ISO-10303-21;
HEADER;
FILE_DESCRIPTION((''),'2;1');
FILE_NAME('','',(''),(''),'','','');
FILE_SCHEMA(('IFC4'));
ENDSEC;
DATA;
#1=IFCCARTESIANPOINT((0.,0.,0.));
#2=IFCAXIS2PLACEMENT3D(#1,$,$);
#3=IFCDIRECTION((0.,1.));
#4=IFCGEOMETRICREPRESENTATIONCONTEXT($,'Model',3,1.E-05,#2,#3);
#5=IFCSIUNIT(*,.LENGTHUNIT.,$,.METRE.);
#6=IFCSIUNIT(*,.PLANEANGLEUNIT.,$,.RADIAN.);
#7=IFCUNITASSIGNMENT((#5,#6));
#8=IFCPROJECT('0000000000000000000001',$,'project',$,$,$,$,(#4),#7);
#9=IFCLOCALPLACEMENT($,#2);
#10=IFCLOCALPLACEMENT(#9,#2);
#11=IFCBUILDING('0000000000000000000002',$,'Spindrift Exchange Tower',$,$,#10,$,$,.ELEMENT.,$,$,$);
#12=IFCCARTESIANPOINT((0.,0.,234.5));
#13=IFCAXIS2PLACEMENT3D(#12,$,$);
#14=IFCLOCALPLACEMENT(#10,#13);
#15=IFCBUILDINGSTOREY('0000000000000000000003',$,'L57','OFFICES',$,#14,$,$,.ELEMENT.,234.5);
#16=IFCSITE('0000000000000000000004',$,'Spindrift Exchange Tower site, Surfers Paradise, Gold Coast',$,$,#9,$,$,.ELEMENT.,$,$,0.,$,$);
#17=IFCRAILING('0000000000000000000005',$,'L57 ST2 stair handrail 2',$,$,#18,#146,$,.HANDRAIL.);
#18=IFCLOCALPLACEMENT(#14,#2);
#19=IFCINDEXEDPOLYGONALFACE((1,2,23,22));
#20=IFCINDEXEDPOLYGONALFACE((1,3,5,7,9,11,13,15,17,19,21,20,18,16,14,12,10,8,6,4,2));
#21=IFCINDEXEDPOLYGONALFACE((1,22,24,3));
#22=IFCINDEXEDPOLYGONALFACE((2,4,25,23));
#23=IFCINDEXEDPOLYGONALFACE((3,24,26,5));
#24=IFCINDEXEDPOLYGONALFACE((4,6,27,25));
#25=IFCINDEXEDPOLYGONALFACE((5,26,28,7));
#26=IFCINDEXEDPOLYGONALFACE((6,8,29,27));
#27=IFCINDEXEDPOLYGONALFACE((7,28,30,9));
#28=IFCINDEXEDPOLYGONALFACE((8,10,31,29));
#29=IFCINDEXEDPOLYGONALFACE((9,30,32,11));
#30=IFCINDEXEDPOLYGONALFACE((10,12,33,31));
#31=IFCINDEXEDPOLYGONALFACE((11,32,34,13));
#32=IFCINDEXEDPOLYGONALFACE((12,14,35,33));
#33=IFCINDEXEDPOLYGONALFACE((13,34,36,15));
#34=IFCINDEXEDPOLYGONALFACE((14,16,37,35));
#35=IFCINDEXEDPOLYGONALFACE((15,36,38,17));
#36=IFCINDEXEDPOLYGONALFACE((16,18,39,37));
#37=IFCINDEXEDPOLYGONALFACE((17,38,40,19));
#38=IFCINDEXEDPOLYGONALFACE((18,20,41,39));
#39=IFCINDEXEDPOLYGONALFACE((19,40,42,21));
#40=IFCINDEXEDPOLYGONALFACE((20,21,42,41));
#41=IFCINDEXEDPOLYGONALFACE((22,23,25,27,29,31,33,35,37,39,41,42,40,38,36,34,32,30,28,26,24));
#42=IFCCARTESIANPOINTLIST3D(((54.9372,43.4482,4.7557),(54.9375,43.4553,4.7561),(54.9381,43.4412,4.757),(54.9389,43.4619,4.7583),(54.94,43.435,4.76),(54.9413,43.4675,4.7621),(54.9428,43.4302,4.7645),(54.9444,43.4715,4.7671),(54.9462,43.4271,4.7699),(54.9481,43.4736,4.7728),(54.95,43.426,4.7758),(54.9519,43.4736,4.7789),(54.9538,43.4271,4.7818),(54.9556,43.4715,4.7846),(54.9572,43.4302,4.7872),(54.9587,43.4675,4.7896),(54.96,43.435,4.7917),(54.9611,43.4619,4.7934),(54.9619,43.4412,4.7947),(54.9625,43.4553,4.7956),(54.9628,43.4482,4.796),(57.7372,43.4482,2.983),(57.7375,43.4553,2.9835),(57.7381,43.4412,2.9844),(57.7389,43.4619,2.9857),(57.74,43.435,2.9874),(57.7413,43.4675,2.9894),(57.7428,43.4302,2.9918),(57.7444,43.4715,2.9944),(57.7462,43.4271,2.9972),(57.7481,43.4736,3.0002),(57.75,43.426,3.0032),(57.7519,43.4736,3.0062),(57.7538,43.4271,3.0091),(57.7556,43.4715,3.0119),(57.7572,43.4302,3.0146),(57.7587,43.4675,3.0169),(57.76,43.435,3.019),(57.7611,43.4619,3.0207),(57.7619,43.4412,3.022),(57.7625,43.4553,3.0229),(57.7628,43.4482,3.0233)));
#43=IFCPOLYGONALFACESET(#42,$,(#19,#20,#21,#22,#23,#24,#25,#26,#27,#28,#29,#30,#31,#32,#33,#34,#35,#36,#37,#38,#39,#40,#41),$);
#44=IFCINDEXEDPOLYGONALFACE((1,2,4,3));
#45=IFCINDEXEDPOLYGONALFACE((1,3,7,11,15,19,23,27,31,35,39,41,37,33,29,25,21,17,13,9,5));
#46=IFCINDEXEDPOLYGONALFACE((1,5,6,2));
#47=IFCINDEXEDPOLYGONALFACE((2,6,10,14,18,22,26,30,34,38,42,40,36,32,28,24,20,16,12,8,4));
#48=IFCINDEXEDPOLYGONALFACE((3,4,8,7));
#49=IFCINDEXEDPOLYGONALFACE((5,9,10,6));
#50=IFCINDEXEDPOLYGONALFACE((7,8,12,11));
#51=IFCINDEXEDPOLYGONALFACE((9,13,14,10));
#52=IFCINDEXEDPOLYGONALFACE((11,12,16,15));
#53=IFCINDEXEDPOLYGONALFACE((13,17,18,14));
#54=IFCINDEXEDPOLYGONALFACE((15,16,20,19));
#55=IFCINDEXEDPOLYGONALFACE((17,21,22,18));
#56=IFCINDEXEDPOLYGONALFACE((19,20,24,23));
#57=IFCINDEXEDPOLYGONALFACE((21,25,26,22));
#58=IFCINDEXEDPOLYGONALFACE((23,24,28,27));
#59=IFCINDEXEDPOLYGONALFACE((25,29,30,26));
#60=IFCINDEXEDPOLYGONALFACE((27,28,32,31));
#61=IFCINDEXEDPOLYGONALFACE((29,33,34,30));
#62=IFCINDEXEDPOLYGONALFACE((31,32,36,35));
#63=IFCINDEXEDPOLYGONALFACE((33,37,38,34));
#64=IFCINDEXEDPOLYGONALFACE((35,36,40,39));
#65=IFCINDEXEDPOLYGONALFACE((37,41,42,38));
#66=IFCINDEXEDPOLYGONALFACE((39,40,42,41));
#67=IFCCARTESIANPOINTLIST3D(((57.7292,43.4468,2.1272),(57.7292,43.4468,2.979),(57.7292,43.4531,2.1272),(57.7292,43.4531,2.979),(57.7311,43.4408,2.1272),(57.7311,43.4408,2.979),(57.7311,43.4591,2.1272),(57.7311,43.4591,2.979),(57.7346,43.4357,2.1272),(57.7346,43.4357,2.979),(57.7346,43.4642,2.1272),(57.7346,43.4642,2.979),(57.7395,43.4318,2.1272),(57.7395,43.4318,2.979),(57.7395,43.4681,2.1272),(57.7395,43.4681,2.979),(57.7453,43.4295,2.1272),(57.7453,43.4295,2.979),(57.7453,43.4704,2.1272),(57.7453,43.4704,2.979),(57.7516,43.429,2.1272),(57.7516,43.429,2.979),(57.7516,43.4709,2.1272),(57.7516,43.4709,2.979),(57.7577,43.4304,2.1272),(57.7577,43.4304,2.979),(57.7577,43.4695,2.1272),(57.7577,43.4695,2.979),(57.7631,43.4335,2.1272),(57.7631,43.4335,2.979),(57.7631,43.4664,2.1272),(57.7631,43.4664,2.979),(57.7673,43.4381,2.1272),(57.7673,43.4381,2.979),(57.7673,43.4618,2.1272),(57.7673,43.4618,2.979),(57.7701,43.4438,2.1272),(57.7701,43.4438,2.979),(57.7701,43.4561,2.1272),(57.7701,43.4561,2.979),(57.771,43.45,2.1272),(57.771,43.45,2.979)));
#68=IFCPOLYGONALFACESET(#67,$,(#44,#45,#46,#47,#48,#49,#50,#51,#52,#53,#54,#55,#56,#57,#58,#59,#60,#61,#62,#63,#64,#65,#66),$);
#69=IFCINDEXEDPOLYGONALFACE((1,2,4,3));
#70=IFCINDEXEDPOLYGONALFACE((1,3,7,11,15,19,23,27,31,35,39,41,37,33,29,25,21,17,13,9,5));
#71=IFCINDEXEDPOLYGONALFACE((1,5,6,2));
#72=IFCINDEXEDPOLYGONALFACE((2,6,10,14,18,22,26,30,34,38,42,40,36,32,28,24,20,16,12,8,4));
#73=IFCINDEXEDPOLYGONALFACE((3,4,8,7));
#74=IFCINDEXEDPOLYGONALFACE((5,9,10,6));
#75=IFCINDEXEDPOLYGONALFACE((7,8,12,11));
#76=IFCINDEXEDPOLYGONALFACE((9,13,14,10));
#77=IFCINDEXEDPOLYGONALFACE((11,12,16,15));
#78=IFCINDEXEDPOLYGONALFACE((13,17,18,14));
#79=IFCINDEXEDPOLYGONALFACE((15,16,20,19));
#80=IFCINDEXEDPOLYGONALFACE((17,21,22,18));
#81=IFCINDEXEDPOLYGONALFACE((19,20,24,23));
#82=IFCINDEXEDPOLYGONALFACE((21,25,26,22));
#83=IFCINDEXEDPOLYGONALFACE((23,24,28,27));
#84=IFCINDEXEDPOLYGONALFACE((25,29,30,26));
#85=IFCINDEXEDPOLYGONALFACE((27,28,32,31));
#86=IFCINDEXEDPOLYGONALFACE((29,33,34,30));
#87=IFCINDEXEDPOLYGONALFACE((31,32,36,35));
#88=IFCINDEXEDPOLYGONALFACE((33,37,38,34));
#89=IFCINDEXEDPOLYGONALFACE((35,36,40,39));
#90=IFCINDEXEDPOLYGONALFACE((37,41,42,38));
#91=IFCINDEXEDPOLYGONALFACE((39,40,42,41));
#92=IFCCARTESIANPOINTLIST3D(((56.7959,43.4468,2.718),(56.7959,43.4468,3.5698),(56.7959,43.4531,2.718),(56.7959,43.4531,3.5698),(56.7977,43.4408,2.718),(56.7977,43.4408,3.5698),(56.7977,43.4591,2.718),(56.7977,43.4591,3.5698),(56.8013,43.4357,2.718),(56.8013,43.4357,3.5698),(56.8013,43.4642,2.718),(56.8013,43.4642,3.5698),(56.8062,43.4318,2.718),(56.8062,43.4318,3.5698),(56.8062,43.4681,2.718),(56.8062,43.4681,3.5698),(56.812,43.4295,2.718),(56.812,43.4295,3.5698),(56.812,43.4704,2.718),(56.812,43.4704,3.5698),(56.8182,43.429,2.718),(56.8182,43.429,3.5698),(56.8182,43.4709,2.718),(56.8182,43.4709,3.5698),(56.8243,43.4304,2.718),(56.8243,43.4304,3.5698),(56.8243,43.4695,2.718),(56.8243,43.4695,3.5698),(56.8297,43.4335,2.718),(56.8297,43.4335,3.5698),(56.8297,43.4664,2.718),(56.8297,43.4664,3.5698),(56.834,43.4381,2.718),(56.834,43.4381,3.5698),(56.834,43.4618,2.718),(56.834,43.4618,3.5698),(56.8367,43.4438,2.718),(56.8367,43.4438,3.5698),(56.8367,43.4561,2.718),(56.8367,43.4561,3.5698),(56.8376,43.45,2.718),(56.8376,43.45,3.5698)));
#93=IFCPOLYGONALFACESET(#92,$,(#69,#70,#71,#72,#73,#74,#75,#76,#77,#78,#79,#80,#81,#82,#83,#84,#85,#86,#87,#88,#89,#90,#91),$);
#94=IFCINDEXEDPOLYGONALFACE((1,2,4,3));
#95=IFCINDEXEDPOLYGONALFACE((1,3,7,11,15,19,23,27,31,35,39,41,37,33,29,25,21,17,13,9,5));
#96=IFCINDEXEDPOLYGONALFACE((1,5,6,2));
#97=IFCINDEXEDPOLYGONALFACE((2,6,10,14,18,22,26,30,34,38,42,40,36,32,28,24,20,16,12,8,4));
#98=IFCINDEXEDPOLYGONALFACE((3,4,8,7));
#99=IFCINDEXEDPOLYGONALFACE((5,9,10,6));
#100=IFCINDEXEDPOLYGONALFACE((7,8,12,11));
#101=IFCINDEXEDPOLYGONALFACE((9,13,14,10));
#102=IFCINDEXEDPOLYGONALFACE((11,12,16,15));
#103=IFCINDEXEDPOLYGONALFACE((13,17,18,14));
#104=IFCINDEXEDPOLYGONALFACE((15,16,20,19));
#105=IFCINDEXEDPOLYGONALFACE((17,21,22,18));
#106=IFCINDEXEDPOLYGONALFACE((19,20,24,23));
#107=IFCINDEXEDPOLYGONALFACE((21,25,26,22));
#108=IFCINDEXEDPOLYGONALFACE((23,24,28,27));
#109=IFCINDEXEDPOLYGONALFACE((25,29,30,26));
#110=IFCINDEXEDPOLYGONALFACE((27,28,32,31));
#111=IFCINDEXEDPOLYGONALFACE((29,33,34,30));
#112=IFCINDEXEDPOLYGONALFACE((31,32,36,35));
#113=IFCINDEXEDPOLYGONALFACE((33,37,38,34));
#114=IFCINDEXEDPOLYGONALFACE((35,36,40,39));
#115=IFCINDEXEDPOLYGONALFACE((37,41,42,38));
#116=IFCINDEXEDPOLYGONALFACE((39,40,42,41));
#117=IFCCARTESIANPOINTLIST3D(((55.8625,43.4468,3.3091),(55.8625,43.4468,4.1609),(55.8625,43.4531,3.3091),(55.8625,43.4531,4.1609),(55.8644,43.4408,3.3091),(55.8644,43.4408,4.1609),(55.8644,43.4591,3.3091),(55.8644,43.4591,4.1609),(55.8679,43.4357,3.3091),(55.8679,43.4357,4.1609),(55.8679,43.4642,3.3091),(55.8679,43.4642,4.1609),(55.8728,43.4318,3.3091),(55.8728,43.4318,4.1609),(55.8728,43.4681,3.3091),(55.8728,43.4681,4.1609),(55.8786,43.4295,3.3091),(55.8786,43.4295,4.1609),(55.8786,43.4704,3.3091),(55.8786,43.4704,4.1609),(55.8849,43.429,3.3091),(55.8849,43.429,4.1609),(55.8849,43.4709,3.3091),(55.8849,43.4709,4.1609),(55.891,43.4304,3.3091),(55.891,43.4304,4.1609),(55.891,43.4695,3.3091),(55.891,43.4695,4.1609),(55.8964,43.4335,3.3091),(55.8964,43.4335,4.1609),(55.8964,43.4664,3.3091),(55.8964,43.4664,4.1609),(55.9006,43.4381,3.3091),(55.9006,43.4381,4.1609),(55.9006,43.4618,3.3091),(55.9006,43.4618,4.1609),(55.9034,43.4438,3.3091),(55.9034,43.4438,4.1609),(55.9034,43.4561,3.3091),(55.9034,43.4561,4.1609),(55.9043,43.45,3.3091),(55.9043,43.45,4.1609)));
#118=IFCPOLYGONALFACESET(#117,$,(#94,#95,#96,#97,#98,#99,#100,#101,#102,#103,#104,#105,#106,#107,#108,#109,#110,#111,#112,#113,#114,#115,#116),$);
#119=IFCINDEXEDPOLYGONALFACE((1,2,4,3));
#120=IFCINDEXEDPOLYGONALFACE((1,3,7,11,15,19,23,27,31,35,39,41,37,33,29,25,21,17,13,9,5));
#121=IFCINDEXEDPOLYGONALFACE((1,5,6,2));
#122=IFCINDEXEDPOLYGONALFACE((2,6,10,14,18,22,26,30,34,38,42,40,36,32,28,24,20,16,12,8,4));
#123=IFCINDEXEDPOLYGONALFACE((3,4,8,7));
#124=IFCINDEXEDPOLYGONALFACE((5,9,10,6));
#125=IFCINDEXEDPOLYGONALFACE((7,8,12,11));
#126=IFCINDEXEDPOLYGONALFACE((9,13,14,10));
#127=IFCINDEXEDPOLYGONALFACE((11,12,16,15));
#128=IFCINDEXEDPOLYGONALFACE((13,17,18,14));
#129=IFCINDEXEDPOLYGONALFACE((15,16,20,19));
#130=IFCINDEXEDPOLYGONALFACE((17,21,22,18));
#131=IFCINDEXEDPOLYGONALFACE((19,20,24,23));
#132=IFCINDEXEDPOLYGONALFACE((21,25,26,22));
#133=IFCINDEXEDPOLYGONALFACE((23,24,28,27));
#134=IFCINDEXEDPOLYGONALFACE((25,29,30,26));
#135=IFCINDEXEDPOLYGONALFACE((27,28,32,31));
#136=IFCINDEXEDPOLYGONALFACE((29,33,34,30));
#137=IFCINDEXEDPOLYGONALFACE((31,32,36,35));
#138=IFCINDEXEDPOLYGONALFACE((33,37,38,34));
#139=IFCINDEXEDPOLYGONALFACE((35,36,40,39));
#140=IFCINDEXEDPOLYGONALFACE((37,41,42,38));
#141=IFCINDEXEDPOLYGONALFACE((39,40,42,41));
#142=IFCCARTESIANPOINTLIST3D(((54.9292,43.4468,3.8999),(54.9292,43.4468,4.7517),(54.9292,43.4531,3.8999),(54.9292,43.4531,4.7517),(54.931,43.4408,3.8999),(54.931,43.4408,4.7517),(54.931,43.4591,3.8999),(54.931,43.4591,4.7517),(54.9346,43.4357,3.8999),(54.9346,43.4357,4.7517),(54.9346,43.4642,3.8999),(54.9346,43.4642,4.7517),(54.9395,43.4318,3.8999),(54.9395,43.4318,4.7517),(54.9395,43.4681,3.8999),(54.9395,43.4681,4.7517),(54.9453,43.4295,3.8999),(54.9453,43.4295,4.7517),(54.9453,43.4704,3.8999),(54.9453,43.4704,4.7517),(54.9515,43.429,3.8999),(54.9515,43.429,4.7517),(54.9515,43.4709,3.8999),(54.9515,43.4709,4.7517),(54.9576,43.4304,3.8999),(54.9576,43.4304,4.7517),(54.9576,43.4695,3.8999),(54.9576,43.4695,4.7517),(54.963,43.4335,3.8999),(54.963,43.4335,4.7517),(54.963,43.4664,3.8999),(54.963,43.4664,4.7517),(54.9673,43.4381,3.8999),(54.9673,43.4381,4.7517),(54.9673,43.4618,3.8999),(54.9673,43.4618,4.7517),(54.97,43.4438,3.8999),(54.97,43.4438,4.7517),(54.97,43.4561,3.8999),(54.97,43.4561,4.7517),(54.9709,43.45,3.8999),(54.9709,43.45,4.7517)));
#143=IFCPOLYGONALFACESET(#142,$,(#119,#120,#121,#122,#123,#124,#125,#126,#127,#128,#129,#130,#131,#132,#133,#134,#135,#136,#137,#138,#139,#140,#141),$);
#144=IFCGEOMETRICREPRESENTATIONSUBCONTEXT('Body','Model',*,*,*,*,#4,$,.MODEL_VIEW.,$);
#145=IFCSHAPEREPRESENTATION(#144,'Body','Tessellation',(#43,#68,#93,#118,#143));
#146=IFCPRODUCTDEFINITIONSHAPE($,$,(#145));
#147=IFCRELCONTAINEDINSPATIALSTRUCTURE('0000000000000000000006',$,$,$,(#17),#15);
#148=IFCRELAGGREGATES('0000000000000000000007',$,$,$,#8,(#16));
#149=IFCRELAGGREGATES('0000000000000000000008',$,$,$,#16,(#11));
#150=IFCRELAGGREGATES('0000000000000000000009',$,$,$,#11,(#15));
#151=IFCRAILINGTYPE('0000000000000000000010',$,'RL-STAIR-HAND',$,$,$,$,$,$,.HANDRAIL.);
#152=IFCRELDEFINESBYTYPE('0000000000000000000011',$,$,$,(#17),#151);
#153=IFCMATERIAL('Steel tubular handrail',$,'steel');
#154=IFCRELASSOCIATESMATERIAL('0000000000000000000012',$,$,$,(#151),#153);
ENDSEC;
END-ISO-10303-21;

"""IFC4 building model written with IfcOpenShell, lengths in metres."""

from ifc_helpers import new_model, si_unit, direction, frame, origin, origin_2d, place, context, subcontext, project, spatial, circle, extrude, material, type_object, element, save


model = new_model("IFC4")

# Units and contexts
model_context = context("Model", 3, precision=1e-05, world=origin(), true_north=direction((0.0, 1.0)))
body_context = subcontext(model_context, "Body", "Model", "MODEL_VIEW")
ifc_project = project(units=[si_unit("LENGTHUNIT", "METRE"), si_unit("PLANEANGLEUNIT", "RADIAN")], contexts=[model_context])

# Site, building, storey
site_placement = place(None, origin())
site = spatial("IfcSite", under=ifc_project, at=site_placement, Name="Spindrift Exchange Tower site, Surfers Paradise, Gold Coast", CompositionType="ELEMENT", RefElevation=0.0)
building_placement = place(site_placement, origin())
building = spatial("IfcBuilding", under=site, at=building_placement, Name="Spindrift Exchange Tower", CompositionType="ELEMENT")
storey_placement = place(building_placement, frame((0.0, 0.0, 234.5)))
storey = spatial("IfcBuildingStorey", under=building, at=storey_placement, Name="L57", Description="OFFICES", CompositionType="ELEMENT", Elevation=234.5)

# Railing
ifc_material_1 = material(Name="Steel tubular handrail", Category="steel")
railing_type_1 = type_object("IfcRailingType", Name="RL-STAIR-HAND", PredefinedType="HANDRAIL", material=ifc_material_1)
railing_1_placement = place(storey_placement, frame((57.75, 43.45, 2.1272)))
element("IfcRailing", 1, at=railing_1_placement, inside=storey, type_object=railing_type_1, Name="L57 ST2 stair handrail 2", PredefinedType="HANDRAIL", context=body_context, shape_type="SweptSolid", body=[
    extrude(circle(Radius=0.0239, at=origin_2d()), frame((0.0, 0.0, 0.876), z_axis=(-0.844909, 0.0, 0.53491), x_axis=(0.0, -1.0, 0.0)), (0.0, 0.0, 1.0), 3.314),
    extrude(circle(Radius=0.021, at=origin_2d()), origin(), (0.0, 0.0, 1.0), 0.8518),
    extrude(circle(Radius=0.021, at=origin_2d()), frame((-0.9333, 0.0, 0.5908)), (0.0, 0.0, 1.0), 0.8518),
    extrude(circle(Radius=0.021, at=origin_2d()), frame((-1.8667, 0.0, 1.1819)), (0.0, 0.0, 1.0), 0.8518),
    extrude(circle(Radius=0.021, at=origin_2d()), frame((-2.8, 0.0, 1.7727)), (0.0, 0.0, 1.0), 0.8518),
])

save(model, "model.ifc")
